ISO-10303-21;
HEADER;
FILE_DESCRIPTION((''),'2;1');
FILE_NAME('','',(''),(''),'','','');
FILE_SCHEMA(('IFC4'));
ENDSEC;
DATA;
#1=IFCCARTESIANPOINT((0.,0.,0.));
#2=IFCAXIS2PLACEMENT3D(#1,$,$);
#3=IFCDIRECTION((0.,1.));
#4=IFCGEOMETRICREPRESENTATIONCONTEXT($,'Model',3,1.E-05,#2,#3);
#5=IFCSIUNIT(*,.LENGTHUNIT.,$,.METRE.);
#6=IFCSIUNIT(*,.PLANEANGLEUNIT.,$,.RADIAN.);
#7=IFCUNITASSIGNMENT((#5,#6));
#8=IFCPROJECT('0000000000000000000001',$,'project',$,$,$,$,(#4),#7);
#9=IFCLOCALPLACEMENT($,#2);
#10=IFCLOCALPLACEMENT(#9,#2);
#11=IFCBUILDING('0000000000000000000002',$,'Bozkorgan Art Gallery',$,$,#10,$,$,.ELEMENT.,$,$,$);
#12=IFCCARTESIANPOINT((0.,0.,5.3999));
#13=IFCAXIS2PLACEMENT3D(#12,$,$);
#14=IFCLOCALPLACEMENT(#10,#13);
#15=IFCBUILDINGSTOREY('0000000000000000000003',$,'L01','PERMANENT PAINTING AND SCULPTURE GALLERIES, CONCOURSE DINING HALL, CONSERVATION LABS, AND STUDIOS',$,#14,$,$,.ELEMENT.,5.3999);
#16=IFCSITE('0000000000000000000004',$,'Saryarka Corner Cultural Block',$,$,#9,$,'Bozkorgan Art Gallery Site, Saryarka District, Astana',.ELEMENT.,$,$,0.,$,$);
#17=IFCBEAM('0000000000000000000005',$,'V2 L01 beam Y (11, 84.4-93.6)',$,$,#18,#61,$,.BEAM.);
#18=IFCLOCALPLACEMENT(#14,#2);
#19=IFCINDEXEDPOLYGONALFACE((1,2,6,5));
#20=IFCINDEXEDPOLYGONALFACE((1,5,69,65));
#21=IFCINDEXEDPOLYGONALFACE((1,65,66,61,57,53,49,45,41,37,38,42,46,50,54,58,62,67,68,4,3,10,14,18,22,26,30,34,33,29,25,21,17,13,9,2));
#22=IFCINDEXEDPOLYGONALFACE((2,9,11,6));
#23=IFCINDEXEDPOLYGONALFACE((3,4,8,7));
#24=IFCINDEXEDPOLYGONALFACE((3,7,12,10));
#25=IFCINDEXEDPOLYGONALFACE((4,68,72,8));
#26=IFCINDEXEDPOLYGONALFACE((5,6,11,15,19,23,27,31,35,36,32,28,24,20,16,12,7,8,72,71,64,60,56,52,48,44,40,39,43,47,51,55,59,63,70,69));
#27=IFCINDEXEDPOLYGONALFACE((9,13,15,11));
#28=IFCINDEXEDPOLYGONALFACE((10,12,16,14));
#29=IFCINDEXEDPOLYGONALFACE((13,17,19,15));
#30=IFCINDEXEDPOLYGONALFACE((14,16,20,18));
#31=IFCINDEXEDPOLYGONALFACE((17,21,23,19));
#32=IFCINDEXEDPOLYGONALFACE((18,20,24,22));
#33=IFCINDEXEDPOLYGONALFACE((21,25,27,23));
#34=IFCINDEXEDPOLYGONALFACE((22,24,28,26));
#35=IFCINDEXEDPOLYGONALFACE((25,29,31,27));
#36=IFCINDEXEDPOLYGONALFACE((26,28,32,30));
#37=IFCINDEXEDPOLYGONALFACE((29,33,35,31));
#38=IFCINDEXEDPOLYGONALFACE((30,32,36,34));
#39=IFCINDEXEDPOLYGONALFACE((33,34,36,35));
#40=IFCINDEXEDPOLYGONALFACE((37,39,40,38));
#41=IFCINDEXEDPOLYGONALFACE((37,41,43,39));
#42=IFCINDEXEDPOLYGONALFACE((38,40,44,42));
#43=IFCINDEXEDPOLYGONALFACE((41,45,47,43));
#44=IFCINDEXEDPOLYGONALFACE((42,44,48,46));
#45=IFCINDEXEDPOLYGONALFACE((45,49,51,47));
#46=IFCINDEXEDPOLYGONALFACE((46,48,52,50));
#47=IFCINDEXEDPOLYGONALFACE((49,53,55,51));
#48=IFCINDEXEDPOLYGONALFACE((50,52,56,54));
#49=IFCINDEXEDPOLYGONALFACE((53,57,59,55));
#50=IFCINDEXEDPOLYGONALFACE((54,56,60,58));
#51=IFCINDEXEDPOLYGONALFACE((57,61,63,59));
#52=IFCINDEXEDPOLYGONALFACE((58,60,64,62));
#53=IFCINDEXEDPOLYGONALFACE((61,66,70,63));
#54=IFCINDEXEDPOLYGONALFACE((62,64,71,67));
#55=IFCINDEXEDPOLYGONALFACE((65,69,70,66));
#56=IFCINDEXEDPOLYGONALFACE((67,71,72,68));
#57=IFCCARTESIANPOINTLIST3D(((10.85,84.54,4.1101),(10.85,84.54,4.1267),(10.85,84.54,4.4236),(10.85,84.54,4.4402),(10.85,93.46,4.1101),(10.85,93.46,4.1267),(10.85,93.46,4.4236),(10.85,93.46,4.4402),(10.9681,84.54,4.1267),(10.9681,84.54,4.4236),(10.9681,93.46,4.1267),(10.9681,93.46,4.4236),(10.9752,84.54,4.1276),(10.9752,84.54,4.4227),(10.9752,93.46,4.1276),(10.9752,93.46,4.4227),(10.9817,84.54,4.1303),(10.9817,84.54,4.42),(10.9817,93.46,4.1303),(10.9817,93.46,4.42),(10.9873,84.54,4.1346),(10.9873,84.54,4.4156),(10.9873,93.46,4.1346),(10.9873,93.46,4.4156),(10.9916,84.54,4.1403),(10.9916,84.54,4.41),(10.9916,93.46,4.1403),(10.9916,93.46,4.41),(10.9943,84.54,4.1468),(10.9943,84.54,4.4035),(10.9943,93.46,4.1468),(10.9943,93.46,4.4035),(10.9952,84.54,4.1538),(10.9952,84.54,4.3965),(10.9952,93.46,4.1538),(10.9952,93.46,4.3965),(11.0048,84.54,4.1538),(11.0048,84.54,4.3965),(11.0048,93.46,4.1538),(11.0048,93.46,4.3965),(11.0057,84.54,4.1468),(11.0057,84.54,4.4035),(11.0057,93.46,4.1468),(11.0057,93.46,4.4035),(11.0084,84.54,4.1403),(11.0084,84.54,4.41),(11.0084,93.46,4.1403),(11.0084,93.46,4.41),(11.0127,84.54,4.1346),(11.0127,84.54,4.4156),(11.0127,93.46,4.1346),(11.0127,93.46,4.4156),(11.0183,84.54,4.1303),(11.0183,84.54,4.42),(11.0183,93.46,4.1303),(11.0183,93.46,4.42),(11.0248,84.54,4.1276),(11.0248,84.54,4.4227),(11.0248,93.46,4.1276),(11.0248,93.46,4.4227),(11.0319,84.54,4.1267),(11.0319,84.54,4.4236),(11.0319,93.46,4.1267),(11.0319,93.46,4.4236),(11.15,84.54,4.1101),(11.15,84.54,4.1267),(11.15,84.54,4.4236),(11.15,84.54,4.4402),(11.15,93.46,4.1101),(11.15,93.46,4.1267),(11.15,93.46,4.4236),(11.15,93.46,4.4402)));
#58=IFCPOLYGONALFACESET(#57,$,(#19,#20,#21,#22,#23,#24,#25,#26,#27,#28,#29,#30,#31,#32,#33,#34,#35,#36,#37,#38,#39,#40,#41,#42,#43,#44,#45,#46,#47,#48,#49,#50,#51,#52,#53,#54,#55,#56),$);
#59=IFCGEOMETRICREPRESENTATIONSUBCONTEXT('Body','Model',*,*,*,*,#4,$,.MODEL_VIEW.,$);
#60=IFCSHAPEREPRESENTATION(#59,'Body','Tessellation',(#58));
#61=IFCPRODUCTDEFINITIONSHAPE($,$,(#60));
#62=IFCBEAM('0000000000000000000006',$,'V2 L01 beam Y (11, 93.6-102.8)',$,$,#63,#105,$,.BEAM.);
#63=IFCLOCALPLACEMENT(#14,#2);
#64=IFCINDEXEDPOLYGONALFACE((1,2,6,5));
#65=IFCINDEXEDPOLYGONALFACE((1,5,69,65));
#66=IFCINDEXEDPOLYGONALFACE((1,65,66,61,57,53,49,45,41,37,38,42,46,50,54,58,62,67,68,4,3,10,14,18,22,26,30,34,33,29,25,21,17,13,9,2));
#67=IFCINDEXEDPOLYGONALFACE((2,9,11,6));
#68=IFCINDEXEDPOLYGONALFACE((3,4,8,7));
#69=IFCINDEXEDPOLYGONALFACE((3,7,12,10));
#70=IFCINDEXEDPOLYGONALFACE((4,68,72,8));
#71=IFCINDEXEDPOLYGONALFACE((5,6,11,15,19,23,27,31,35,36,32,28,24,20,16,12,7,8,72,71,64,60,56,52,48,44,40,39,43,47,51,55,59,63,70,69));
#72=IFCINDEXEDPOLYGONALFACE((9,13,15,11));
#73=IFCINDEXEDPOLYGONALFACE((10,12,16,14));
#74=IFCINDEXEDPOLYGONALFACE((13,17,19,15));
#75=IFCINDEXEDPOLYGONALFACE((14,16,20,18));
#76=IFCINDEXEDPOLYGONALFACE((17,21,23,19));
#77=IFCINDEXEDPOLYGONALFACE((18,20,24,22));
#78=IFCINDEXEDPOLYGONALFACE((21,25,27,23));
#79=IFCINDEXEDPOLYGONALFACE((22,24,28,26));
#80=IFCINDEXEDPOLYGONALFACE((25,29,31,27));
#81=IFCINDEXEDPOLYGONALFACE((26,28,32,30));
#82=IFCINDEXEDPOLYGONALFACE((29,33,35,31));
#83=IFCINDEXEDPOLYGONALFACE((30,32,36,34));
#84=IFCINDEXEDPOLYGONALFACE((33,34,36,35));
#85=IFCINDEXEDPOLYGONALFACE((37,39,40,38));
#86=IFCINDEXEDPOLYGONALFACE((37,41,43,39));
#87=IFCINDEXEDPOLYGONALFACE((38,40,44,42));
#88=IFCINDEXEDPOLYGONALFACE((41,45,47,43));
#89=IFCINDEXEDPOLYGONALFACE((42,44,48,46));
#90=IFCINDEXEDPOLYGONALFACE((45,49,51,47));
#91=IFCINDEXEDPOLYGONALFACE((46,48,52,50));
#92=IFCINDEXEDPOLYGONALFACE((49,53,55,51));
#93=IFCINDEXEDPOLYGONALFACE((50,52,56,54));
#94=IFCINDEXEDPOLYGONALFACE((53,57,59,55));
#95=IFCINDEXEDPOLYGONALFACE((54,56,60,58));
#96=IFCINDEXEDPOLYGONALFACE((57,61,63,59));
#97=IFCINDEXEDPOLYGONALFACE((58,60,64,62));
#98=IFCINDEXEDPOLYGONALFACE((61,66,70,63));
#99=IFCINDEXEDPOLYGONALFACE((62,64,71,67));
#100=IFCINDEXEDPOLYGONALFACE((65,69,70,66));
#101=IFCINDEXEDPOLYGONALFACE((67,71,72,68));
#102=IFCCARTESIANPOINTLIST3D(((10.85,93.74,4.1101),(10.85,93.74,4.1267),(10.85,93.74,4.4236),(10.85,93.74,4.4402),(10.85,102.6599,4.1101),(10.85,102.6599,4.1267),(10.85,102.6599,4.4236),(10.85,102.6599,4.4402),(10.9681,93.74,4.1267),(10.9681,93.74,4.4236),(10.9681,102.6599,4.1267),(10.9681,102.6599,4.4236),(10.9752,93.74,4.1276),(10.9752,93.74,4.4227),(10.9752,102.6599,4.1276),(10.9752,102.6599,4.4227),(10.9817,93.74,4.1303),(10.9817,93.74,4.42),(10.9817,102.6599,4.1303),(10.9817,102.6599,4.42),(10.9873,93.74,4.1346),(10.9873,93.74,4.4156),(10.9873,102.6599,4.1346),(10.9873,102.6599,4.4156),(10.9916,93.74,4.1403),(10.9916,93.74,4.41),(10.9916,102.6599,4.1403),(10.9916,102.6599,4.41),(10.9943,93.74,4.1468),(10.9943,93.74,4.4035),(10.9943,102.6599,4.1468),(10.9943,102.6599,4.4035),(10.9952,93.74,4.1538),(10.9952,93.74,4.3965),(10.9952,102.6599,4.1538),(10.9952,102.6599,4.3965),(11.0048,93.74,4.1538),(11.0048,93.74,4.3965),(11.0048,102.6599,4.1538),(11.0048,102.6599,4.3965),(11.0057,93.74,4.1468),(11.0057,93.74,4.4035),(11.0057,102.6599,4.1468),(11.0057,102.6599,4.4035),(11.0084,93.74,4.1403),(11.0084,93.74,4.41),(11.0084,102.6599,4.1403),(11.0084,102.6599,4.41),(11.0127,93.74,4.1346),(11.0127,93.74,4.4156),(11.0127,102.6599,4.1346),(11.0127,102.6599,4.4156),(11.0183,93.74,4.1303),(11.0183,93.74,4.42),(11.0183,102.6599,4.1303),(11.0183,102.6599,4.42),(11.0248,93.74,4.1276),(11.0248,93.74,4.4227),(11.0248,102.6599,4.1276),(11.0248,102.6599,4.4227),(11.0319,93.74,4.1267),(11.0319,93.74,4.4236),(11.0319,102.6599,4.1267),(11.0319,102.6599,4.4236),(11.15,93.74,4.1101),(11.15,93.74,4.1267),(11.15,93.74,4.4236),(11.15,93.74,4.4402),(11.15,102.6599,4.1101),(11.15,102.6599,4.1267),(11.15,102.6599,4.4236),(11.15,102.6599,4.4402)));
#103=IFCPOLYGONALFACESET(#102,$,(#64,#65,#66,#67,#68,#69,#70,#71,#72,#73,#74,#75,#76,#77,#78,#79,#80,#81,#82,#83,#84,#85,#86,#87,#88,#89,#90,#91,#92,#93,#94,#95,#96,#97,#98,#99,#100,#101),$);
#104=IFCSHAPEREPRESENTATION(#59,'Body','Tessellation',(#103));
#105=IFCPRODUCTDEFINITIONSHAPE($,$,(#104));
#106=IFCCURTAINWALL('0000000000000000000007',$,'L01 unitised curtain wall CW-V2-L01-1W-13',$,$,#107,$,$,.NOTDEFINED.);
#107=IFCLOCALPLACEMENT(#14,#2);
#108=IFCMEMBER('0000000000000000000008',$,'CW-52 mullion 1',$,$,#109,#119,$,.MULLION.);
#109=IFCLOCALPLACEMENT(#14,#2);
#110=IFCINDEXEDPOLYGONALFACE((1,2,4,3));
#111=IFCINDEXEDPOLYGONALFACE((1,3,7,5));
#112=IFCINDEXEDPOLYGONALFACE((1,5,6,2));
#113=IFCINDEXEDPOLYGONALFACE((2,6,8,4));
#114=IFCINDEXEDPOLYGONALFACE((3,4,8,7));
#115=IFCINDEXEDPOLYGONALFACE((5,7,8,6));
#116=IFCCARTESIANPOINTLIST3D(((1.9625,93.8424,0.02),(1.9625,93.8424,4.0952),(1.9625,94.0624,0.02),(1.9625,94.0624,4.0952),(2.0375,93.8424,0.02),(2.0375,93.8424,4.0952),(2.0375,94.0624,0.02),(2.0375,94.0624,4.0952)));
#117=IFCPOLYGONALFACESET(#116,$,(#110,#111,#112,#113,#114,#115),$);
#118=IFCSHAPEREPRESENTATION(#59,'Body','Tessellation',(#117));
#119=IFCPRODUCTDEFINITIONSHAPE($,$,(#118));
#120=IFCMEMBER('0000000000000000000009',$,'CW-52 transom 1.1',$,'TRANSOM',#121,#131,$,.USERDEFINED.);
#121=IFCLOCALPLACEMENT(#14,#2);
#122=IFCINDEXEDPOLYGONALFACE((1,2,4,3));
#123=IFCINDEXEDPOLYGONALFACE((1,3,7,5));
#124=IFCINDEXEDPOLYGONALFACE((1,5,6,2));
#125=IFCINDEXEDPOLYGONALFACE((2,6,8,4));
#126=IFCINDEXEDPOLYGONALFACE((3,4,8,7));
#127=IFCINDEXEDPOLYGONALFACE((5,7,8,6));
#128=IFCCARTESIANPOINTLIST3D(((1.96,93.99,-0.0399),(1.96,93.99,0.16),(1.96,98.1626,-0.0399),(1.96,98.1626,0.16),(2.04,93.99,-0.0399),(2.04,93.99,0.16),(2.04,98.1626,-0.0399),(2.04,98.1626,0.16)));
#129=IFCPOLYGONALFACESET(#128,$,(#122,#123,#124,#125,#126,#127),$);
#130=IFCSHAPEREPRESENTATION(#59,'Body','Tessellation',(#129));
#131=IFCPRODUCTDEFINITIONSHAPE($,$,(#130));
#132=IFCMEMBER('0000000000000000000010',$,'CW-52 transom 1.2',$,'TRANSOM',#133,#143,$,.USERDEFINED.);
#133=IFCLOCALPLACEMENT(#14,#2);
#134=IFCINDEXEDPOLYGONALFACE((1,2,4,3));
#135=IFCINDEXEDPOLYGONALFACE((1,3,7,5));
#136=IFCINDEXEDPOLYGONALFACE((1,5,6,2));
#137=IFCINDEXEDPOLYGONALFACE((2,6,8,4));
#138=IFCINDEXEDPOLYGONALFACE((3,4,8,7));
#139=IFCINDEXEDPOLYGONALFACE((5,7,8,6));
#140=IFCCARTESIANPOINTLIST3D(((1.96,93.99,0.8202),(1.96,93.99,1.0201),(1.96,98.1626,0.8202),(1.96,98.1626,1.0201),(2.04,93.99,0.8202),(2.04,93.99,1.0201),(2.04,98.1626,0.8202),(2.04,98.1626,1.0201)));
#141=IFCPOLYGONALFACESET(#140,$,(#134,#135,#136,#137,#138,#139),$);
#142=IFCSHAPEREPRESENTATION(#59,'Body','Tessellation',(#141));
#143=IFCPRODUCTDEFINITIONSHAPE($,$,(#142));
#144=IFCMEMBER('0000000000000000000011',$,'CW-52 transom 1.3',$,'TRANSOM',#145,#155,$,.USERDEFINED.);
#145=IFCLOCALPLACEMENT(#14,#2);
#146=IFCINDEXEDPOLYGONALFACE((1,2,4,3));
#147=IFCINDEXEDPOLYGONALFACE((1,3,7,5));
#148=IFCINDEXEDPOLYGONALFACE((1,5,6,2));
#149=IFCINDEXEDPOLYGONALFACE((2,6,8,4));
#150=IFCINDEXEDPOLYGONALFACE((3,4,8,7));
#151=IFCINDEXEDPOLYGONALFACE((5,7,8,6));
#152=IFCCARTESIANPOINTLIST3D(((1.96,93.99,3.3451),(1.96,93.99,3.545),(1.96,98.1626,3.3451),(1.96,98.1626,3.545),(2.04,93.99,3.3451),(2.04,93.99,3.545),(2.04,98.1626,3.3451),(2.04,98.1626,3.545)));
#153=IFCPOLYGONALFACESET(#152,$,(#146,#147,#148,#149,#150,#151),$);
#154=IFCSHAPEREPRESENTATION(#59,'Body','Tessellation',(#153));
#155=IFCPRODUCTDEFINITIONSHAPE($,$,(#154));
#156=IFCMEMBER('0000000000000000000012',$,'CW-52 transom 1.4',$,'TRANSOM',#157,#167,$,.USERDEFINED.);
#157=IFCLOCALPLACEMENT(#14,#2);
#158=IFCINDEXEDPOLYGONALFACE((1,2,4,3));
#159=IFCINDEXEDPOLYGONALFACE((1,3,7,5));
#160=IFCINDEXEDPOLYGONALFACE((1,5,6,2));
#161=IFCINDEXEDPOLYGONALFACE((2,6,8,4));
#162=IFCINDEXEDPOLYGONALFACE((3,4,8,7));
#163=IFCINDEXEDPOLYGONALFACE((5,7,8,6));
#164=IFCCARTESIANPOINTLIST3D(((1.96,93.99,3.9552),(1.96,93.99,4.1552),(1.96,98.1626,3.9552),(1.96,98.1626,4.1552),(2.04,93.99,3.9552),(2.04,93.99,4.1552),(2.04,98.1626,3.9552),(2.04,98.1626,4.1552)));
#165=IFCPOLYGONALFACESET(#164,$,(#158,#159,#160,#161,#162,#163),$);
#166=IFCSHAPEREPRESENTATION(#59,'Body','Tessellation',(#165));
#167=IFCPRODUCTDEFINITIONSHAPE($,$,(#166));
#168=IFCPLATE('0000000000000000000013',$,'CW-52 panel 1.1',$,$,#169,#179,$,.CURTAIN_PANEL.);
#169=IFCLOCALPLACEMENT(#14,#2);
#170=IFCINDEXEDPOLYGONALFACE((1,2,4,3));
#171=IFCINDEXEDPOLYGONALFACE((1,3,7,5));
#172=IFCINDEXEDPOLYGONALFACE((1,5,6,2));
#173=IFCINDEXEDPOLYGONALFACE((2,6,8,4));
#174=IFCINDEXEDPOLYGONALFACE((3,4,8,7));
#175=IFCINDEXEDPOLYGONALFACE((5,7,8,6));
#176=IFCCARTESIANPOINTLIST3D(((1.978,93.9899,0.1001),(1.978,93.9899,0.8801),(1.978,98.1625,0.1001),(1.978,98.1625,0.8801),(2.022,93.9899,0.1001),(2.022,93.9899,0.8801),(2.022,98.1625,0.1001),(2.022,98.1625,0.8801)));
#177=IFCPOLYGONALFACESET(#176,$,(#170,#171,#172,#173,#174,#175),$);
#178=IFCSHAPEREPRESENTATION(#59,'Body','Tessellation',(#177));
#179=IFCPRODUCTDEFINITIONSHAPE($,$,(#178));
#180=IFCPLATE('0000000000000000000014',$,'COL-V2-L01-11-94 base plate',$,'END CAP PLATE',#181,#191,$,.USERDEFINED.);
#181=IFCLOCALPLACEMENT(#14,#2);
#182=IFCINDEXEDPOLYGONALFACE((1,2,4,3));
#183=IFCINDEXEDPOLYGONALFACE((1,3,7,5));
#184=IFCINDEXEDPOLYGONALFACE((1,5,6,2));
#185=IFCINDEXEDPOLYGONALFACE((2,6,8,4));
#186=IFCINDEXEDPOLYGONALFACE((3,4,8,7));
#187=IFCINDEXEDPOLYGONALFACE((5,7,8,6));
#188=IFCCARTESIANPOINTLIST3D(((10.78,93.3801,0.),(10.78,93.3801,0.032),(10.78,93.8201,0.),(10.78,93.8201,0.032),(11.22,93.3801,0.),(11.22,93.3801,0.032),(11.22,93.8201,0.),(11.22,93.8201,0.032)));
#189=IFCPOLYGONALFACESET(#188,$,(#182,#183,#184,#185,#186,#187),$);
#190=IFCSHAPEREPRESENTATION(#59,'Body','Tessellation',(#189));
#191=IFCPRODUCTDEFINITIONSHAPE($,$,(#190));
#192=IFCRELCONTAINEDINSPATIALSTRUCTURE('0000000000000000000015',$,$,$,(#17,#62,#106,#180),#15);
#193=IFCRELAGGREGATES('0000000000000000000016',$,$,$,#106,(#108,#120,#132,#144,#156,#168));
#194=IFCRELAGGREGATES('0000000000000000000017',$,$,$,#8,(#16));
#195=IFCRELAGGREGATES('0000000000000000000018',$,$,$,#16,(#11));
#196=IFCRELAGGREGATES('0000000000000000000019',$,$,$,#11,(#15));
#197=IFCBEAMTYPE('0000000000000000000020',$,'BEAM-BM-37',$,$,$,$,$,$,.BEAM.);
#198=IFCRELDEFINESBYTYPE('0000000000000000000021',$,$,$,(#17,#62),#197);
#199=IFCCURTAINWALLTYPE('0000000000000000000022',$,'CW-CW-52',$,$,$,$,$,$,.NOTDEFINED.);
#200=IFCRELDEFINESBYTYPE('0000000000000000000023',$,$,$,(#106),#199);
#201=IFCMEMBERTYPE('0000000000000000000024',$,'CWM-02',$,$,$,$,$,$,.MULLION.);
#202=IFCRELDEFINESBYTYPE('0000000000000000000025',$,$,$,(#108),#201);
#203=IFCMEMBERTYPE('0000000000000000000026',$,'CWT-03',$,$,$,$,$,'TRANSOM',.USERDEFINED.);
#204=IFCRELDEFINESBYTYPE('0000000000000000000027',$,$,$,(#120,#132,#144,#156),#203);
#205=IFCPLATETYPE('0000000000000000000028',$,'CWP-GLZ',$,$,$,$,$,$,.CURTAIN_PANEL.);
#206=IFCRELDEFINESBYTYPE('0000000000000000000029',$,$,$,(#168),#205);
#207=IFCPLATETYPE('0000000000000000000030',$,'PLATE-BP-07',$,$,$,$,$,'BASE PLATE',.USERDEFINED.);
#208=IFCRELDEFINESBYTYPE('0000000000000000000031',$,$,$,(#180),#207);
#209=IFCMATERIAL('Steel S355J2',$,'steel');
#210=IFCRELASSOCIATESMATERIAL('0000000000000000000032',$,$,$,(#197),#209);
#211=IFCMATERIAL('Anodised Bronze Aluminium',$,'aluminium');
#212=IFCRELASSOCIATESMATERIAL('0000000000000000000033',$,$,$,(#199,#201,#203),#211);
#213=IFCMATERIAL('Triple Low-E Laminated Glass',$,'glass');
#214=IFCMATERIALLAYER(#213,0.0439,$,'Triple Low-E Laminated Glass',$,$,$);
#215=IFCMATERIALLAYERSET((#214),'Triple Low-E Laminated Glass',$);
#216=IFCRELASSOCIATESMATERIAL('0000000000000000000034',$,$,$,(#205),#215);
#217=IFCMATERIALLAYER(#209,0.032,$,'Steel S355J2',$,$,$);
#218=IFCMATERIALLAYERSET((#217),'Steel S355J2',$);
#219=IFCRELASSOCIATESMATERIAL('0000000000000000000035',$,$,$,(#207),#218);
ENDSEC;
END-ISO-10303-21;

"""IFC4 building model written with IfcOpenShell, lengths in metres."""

from ifc_helpers import new_model, si_unit, direction, frame, origin, origin_2d, place, context, subcontext, project, spatial, rectangle, i_section, extrude, material, layer, layer_set, material_profile, profile_set, type_object, element, aggregate, save


model = new_model("IFC4")

# Units and contexts
model_context = context("Model", 3, precision=1e-05, world=origin(), true_north=direction((0.0, 1.0)))
body_context = subcontext(model_context, "Body", "Model", "MODEL_VIEW")
ifc_project = project(units=[si_unit("LENGTHUNIT", "METRE"), si_unit("PLANEANGLEUNIT", "RADIAN")], contexts=[model_context])

# Site, building, storey
site_placement = place(None, origin())
site = spatial("IfcSite", under=ifc_project, at=site_placement, Name="Saryarka Corner Cultural Block", LongName="Bozkorgan Art Gallery Site, Saryarka District, Astana", CompositionType="ELEMENT", RefElevation=0.0)
building_placement = place(site_placement, origin())
building = spatial("IfcBuilding", under=site, at=building_placement, Name="Bozkorgan Art Gallery", CompositionType="ELEMENT")
storey_placement = place(building_placement, frame((0.0, 0.0, 5.3999)))
storey = spatial("IfcBuildingStorey", under=building, at=storey_placement, Name="L01", Description="PERMANENT PAINTING AND SCULPTURE GALLERIES, CONCOURSE DINING HALL, CONSERVATION LABS, AND STUDIOS", CompositionType="ELEMENT", Elevation=5.3999)

# Shared definitions
ifc_material_1 = material(Name="Steel S355J2", Category="steel")

# Beams
ifc_material_profile_1 = material_profile(ifc_material_1, i_section(OverallWidth=0.3, OverallDepth=0.3301, WebThickness=0.0095, FlangeThickness=0.0166, FilletRadius=0.0271, at=origin_2d()), Name="HEA 340")
ifc_profile_set_1 = profile_set([ifc_material_profile_1], Name="Steel S355J2")
beam_type = type_object("IfcBeamType", Name="BEAM-BM-37", PredefinedType="BEAM", material=ifc_profile_set_1)
for number, where, z_axis, x_axis, name in (
    (1, (11.0, 84.54, 4.2751), (0.0, 1.0, 0.0), (-1.0, 0.0, 0.0), "V2 L01 beam Y (11, 84.4-93.6)"),
    (2, (11.0, 93.74, 4.2751), (0.0, 1.0, 0.0), (-1.0, 0.0, 0.0), "V2 L01 beam Y (11, 93.6-102.8)"),
):
    element("IfcBeam", number, at=place(storey_placement, frame(where, z_axis=z_axis, x_axis=x_axis)), inside=storey, type_object=beam_type, Name=name, PredefinedType="BEAM", context=body_context, shape_type="SweptSolid", body=[
        extrude(i_section(OverallWidth=0.3, OverallDepth=0.3301, WebThickness=0.0095, FlangeThickness=0.0166, FilletRadius=0.0271, at=origin_2d()), origin(), (0.0, 0.0, 1.0), 8.9199),
    ])

# Curtain wall, members, plate
ifc_material_2 = material(Name="Anodised Bronze Aluminium", Category="aluminium")
curtain_wall_type = type_object("IfcCurtainWallType", Name="CW-CW-52", PredefinedType="NOTDEFINED", material=ifc_material_2)
curtain_wall_placement = place(storey_placement, origin())
curtain_wall = element("IfcCurtainWall", 3, at=curtain_wall_placement, inside=storey, type_object=curtain_wall_type, Name="L01 unitised curtain wall CW-V2-L01-1W-13", PredefinedType="NOTDEFINED")
ifc_material_profile_2 = material_profile(ifc_material_2, rectangle(XDim=0.075, YDim=0.22, at=origin_2d()), Name="ALU MULLION 75x220")
ifc_profile_set_2 = profile_set([ifc_material_profile_2], Name="Anodised Bronze Aluminium")
member_type_1 = type_object("IfcMemberType", Name="CWM-02", PredefinedType="MULLION", material=ifc_profile_set_2)
member_1_placement = place(storey_placement, frame((2.0, 93.9524, 0.02), z_axis=(0.0, 0.0, 1.0), x_axis=(-1.0, 0.0, 0.0)))
member_1 = element("IfcMember", 4, at=member_1_placement, type_object=member_type_1, Name="CW-52 mullion 1", PredefinedType="MULLION", context=body_context, shape_type="SweptSolid", body=[
    extrude(rectangle(XDim=0.075, YDim=0.22, at=origin_2d()), origin(), (0.0, 0.0, 1.0), 4.0752),
])
ifc_material_profile_3 = material_profile(ifc_material_2, rectangle(XDim=0.0801, YDim=0.2, at=origin_2d()), Name="ALU TRANSOM 80x200")
ifc_profile_set_3 = profile_set([ifc_material_profile_3], Name="Anodised Bronze Aluminium")
member_type_2 = type_object("IfcMemberType", Name="CWT-03", ElementType="TRANSOM", PredefinedType="USERDEFINED", material=ifc_profile_set_3)
member_2_placement = place(storey_placement, frame((2.0, 93.99, 0.0601), z_axis=(0.0, 1.0, 0.0), x_axis=(-1.0, 0.0, 0.0)))
member_2 = element("IfcMember", 5, at=member_2_placement, type_object=member_type_2, Name="CW-52 transom 1.1", ObjectType="TRANSOM", PredefinedType="USERDEFINED", context=body_context, shape_type="SweptSolid", body=[
    extrude(rectangle(XDim=0.0801, YDim=0.2, at=origin_2d()), origin(), (0.0, 0.0, 1.0), 4.1726),
])
member_3_placement = place(storey_placement, frame((2.0, 93.99, 0.9202), z_axis=(0.0, 1.0, 0.0), x_axis=(-1.0, 0.0, 0.0)))
member_3 = element("IfcMember", 6, at=member_3_placement, type_object=member_type_2, Name="CW-52 transom 1.2", ObjectType="TRANSOM", PredefinedType="USERDEFINED", context=body_context, shape_type="SweptSolid", body=[
    extrude(rectangle(XDim=0.0801, YDim=0.2, at=origin_2d()), origin(), (0.0, 0.0, 1.0), 4.1726),
])
member_4_placement = place(storey_placement, frame((2.0, 93.99, 3.4451), z_axis=(0.0, 1.0, 0.0), x_axis=(-1.0, 0.0, 0.0)))
member_4 = element("IfcMember", 7, at=member_4_placement, type_object=member_type_2, Name="CW-52 transom 1.3", ObjectType="TRANSOM", PredefinedType="USERDEFINED", context=body_context, shape_type="SweptSolid", body=[
    extrude(rectangle(XDim=0.0801, YDim=0.2, at=origin_2d()), origin(), (0.0, 0.0, 1.0), 4.1726),
])
member_5_placement = place(storey_placement, frame((2.0, 93.99, 4.0552), z_axis=(0.0, 1.0, 0.0), x_axis=(-1.0, 0.0, 0.0)))
member_5 = element("IfcMember", 8, at=member_5_placement, type_object=member_type_2, Name="CW-52 transom 1.4", ObjectType="TRANSOM", PredefinedType="USERDEFINED", context=body_context, shape_type="SweptSolid", body=[
    extrude(rectangle(XDim=0.0801, YDim=0.2, at=origin_2d()), origin(), (0.0, 0.0, 1.0), 4.1726),
])
ifc_material_3 = material(Name="Triple Low-E Laminated Glass", Category="glass")
ifc_layer_1 = layer(ifc_material_3, 0.0439, Name="Triple Low-E Laminated Glass")
ifc_layer_set_1 = layer_set([ifc_layer_1], Name="Triple Low-E Laminated Glass")
plate_type_1 = type_object("IfcPlateType", Name="CWP-GLZ", PredefinedType="CURTAIN_PANEL", material=ifc_layer_set_1)
plate_1_placement = place(storey_placement, frame((2.0, 96.0762, 0.1001), z_axis=(0.0, 0.0, 1.0), x_axis=(0.0, 1.0, 0.0)))
plate_1 = element("IfcPlate", 9, at=plate_1_placement, type_object=plate_type_1, Name="CW-52 panel 1.1", PredefinedType="CURTAIN_PANEL", context=body_context, shape_type="SweptSolid", body=[
    extrude(rectangle(XDim=4.1726, YDim=0.0439, at=origin_2d()), origin(), (0.0, 0.0, 1.0), 0.78),
])
aggregate(curtain_wall, [member_1, member_2, member_3, member_4, member_5, plate_1])

# Plate
ifc_layer_2 = layer(ifc_material_1, 0.032, Name="Steel S355J2")
ifc_layer_set_2 = layer_set([ifc_layer_2], Name="Steel S355J2")
plate_type_2 = type_object("IfcPlateType", Name="PLATE-BP-07", ElementType="BASE PLATE", PredefinedType="USERDEFINED", material=ifc_layer_set_2)
plate_2_placement = place(storey_placement, frame((11.0, 93.6001, 0.0), z_axis=(0.0, 0.0, 1.0), x_axis=(1.0, 0.0, 0.0)))
element("IfcPlate", 10, at=plate_2_placement, inside=storey, type_object=plate_type_2, Name="COL-V2-L01-11-94 base plate", ObjectType="END CAP PLATE", PredefinedType="USERDEFINED", context=body_context, shape_type="SweptSolid", body=[
    extrude(rectangle(XDim=0.4399, YDim=0.4399, at=origin_2d()), origin(), (0.0, 0.0, 1.0), 0.032),
])

save(model, "model.ifc")
